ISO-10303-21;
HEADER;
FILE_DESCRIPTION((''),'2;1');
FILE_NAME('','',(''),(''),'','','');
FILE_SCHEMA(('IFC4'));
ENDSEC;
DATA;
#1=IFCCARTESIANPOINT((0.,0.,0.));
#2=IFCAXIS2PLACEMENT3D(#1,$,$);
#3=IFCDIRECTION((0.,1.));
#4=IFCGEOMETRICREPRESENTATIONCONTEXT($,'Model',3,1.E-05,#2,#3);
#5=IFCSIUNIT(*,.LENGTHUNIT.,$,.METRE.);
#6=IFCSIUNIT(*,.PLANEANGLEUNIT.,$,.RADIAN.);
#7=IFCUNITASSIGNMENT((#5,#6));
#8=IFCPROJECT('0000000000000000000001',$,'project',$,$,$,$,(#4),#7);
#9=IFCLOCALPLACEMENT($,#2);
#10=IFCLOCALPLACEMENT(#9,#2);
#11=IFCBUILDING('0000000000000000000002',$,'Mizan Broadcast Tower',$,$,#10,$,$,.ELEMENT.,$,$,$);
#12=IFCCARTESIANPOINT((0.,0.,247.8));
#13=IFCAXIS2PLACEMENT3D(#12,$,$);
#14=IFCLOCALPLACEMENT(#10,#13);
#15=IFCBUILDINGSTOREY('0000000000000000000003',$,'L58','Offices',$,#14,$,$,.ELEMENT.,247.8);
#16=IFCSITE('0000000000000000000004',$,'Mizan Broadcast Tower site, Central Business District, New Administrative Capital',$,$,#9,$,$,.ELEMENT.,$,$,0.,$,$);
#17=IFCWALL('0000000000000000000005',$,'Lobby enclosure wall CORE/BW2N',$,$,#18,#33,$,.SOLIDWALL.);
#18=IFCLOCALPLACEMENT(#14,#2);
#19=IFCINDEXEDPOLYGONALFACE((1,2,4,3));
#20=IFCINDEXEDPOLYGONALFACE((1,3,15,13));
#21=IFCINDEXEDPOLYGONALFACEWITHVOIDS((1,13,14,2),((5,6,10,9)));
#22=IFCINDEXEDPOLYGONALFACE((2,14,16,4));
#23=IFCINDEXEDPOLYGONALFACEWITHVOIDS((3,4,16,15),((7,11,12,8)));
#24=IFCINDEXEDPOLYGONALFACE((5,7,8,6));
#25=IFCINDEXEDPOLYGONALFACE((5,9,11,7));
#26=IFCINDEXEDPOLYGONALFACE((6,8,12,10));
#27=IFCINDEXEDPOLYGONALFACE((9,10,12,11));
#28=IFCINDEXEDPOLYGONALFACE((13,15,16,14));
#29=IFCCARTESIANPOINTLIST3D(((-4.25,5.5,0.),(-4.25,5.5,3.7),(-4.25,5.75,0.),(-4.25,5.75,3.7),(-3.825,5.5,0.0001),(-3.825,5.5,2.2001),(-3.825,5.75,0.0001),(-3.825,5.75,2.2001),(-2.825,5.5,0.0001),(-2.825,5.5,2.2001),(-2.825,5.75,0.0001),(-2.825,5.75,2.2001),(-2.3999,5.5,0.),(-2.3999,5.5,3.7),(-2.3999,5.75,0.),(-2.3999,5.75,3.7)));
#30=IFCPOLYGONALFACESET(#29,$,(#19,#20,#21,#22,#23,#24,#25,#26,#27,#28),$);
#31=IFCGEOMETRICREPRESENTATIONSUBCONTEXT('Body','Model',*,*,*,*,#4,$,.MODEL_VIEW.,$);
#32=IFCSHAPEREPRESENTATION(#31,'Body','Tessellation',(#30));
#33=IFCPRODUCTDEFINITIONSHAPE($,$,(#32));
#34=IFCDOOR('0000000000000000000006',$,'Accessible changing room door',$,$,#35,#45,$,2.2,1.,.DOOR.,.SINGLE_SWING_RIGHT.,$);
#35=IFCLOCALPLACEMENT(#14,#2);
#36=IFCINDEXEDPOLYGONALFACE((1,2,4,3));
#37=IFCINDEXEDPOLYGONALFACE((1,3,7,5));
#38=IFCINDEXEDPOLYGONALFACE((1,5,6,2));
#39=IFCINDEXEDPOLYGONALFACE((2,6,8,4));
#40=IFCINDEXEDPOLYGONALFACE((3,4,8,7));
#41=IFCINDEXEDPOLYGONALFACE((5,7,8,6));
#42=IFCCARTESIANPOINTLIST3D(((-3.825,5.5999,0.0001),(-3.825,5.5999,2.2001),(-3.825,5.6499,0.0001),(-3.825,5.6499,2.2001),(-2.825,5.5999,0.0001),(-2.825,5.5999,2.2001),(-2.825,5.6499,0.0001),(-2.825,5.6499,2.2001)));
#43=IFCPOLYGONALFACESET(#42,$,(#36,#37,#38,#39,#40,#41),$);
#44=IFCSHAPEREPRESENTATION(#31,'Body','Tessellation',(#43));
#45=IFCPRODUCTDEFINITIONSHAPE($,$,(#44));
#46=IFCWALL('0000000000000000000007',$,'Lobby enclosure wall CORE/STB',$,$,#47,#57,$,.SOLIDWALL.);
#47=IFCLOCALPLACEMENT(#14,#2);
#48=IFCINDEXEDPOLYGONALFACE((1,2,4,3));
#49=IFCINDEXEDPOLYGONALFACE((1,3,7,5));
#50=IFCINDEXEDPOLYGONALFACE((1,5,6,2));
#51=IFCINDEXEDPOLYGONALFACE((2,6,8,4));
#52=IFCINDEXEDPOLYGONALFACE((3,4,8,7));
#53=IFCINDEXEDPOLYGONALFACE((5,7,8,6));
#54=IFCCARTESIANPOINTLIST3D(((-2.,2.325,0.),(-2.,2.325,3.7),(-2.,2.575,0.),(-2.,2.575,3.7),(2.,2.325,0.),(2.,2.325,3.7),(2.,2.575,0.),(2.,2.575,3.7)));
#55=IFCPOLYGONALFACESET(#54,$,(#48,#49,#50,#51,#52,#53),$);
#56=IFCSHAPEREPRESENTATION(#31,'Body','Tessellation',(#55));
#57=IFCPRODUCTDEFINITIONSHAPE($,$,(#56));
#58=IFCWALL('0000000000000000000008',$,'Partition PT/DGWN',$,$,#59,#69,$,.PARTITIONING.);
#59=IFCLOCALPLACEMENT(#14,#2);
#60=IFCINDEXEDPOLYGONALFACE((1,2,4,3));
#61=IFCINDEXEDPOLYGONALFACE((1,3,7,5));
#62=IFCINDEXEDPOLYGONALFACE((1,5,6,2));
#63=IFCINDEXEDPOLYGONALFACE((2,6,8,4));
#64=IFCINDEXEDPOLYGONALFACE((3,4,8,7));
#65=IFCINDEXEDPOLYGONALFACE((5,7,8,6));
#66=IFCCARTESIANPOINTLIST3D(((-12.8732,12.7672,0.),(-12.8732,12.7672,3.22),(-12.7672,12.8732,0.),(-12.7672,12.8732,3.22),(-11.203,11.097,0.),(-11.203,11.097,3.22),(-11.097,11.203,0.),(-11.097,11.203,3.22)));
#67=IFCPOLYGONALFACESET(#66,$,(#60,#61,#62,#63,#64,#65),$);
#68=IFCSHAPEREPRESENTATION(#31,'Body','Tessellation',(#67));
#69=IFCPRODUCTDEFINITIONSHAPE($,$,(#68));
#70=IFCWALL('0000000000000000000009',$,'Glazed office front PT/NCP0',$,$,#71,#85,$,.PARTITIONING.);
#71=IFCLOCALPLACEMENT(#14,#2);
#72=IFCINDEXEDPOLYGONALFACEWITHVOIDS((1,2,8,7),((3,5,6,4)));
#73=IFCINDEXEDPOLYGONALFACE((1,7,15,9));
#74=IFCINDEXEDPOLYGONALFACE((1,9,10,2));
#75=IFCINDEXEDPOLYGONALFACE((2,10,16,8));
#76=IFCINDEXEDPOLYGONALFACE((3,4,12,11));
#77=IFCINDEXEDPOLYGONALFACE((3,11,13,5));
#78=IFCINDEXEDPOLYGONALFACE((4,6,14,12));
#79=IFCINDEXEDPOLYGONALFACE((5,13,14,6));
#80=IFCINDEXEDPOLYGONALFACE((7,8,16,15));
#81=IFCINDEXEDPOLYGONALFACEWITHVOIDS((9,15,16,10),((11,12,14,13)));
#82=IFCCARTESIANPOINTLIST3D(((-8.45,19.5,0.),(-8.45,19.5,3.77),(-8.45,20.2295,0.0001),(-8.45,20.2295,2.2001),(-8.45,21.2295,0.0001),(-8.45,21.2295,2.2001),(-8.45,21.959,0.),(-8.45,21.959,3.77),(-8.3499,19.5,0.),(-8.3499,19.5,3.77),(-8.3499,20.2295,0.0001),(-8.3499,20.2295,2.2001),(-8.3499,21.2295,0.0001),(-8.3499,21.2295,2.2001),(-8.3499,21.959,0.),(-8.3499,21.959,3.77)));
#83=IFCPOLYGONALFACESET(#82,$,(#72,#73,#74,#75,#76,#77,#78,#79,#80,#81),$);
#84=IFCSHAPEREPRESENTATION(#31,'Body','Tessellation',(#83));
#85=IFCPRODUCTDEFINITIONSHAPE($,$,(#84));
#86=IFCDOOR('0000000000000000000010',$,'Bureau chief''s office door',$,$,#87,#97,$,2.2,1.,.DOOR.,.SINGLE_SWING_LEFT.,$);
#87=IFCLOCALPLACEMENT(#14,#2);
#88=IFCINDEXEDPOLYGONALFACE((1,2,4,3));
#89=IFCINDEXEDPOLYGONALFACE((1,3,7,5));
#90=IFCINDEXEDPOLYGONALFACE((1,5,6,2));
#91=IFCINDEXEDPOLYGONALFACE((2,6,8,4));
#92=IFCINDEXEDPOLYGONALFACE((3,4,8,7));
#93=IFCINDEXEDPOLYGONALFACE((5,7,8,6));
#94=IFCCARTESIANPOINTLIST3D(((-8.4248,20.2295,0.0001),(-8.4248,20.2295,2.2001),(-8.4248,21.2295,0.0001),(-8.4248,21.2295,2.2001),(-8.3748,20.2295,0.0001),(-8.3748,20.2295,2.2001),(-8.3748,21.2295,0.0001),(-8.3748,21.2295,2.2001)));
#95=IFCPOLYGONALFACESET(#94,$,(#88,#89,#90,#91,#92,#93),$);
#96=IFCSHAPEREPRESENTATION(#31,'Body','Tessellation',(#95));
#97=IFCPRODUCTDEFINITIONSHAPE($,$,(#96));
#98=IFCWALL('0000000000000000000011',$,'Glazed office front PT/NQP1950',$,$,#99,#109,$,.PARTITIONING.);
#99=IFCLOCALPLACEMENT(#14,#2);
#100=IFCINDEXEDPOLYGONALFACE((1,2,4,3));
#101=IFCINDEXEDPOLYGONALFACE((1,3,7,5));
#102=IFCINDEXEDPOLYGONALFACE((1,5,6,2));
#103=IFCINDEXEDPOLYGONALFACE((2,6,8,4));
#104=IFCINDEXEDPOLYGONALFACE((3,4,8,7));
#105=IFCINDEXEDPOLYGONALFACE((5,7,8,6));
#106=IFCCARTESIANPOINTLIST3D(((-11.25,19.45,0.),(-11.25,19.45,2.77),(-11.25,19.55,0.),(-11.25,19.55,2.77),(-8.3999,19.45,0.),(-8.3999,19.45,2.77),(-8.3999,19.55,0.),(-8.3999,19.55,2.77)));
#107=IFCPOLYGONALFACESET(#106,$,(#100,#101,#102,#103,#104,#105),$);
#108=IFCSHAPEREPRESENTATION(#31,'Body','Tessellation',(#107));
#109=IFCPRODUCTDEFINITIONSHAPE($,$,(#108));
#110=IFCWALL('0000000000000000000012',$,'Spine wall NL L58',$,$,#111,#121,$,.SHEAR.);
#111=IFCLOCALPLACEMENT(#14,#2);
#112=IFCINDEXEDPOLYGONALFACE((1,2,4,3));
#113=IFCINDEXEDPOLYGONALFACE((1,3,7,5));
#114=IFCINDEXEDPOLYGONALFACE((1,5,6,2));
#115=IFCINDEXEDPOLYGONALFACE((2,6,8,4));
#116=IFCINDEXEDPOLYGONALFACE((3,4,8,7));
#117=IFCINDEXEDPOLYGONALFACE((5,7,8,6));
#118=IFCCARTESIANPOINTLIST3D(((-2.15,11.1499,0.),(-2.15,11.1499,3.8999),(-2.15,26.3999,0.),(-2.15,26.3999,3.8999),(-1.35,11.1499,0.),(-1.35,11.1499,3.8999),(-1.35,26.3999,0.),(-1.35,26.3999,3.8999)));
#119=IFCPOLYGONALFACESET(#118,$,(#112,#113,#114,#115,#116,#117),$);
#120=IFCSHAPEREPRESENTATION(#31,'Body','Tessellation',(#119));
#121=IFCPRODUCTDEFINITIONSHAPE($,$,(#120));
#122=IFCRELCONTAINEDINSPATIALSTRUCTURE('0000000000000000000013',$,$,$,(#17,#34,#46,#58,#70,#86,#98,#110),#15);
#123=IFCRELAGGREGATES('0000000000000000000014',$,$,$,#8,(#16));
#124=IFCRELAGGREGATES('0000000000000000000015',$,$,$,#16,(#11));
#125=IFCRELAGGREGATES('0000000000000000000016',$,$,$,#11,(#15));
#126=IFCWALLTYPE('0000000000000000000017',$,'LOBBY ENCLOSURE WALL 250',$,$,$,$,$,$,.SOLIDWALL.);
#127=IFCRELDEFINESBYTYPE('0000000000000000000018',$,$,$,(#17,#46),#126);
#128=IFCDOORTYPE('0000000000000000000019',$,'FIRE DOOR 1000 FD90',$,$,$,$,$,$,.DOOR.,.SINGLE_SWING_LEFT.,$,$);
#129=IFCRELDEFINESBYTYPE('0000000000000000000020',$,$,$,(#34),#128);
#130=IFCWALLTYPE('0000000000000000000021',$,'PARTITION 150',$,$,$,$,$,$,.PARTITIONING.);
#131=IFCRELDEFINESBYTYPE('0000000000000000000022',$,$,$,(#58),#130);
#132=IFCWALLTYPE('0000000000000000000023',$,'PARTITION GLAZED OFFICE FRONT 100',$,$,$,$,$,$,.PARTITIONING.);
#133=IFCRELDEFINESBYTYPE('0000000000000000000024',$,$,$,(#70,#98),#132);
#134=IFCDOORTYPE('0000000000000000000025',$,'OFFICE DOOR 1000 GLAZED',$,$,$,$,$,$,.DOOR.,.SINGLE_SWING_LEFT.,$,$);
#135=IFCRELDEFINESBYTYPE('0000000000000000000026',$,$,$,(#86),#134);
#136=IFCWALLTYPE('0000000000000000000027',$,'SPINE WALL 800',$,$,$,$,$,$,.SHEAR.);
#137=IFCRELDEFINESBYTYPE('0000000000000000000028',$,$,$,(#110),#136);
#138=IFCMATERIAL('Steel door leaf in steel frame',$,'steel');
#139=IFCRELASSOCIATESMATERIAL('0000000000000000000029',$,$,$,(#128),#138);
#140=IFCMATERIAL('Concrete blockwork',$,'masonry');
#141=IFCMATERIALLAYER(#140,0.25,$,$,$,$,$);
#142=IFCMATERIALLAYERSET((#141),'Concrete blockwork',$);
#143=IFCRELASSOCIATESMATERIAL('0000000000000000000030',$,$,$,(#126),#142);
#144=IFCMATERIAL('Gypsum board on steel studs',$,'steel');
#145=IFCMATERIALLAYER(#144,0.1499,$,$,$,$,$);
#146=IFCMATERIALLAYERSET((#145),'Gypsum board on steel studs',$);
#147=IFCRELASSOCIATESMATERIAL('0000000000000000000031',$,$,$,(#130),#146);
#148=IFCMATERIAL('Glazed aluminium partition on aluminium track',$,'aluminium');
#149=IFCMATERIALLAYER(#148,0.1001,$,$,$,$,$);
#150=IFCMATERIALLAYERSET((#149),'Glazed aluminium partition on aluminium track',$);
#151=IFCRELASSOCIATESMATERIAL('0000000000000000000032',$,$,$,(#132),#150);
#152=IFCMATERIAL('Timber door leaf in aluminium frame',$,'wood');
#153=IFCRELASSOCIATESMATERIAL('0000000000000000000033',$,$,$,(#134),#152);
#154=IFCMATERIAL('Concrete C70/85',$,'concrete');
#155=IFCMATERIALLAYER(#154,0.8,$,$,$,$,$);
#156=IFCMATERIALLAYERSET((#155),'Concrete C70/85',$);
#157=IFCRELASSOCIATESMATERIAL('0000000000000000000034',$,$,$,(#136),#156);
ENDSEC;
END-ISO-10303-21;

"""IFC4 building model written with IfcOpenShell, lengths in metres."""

from ifc_helpers import new_model, si_unit, direction, frame, frame_2d, origin, place, context, subcontext, project, spatial, rectangle, extrude, material, layer, layer_set, type_object, element, fill, save


model = new_model("IFC4")

# Units and contexts
model_context = context("Model", 3, precision=1e-05, world=origin(), true_north=direction((0.0, 1.0)))
body_context = subcontext(model_context, "Body", "Model", "MODEL_VIEW")
ifc_project = project(units=[si_unit("LENGTHUNIT", "METRE"), si_unit("PLANEANGLEUNIT", "RADIAN")], contexts=[model_context])

# Site, building, storey
site_placement = place(None, origin())
site = spatial("IfcSite", under=ifc_project, at=site_placement, Name="Mizan Broadcast Tower site, Central Business District, New Administrative Capital", CompositionType="ELEMENT", RefElevation=0.0)
building_placement = place(site_placement, origin())
building = spatial("IfcBuilding", under=site, at=building_placement, Name="Mizan Broadcast Tower", CompositionType="ELEMENT")
storey_placement = place(building_placement, frame((0.0, 0.0, 247.8)))
storey = spatial("IfcBuildingStorey", under=building, at=storey_placement, Name="L58", Description="Offices", CompositionType="ELEMENT", Elevation=247.8)

# Shared definitions
ifc_material_1 = material(Name="Steel door leaf in steel frame", Category="steel")
door_type_1 = type_object("IfcDoorType", Name="FIRE DOOR 1000 FD90", OperationType="SINGLE_SWING_LEFT", PredefinedType="DOOR", material=ifc_material_1)

# Shared definitions
ifc_material_2 = material(Name="Concrete blockwork", Category="masonry")
ifc_layer_1 = layer(ifc_material_2, 0.25)
ifc_layer_set_1 = layer_set([ifc_layer_1], Name="Concrete blockwork")
wall_type_1 = type_object("IfcWallType", Name="LOBBY ENCLOSURE WALL 250", PredefinedType="SOLIDWALL", material=ifc_layer_set_1)

# Wall, opening, door
wall_1_placement = place(storey_placement, frame((-4.25, 5.625, 0.0), z_axis=(0.0, 0.0, 1.0), x_axis=(1.0, 0.0, 0.0)))
wall_1 = element("IfcWall", 1, at=wall_1_placement, inside=storey, type_object=wall_type_1, Name="Lobby enclosure wall CORE/BW2N", PredefinedType="SOLIDWALL", context=body_context, shape_type="SweptSolid", body=[
    extrude(rectangle(XDim=1.8501, YDim=0.25, at=frame_2d((0.925, 0.0))), origin(), (0.0, 0.0, 1.0), 3.7),
])
opening_1_placement = place(wall_1_placement, frame((0.425, 0.0, 0.0)))
opening_1 = element("IfcOpeningElement", 2, at=opening_1_placement, cuts=wall_1, PredefinedType="OPENING", context=body_context, shape_type="SweptSolid", body=[
    extrude(rectangle(XDim=1.0, YDim=2.2, at=frame_2d((0.5, 1.1001))), frame((0.0, 0.135, 0.0), z_axis=(0.0, -1.0, 0.0), x_axis=(1.0, 0.0, 0.0)), (0.0, 0.0, 1.0), 0.27),
])
door_1_placement = place(opening_1_placement, origin())
door_1 = element("IfcDoor", 3, at=door_1_placement, inside=storey, type_object=door_type_1, Name="Accessible changing room door", OperationType="SINGLE_SWING_RIGHT", OverallHeight=2.2, OverallWidth=1.0, PredefinedType="DOOR", context=body_context, shape_type="SweptSolid", body=[
    extrude(rectangle(XDim=1.0, YDim=2.2, at=frame_2d((0.5, 1.1001))), frame((0.0, 0.0249, 0.0), z_axis=(0.0, -1.0, 0.0), x_axis=(1.0, 0.0, 0.0)), (0.0, 0.0, 1.0), 0.05),
])
fill(opening_1, door_1)

# Walls
wall_2_placement = place(storey_placement, frame((-2.0, 2.45, 0.0), z_axis=(0.0, 0.0, 1.0), x_axis=(1.0, 0.0, 0.0)))
element("IfcWall", 4, at=wall_2_placement, inside=storey, type_object=wall_type_1, Name="Lobby enclosure wall CORE/STB", PredefinedType="SOLIDWALL", context=body_context, shape_type="SweptSolid", body=[
    extrude(rectangle(XDim=4.0, YDim=0.25, at=frame_2d((2.0, 0.0))), origin(), (0.0, 0.0, 1.0), 3.7),
])
ifc_material_3 = material(Name="Gypsum board on steel studs", Category="steel")
ifc_layer_2 = layer(ifc_material_3, 0.1499)
ifc_layer_set_2 = layer_set([ifc_layer_2], Name="Gypsum board on steel studs")
wall_type_2 = type_object("IfcWallType", Name="PARTITION 150", PredefinedType="PARTITIONING", material=ifc_layer_set_2)
wall_3_placement = place(storey_placement, frame((-11.1499, 11.1499, 0.0), z_axis=(0.0, 0.0, 1.0), x_axis=(-0.707107, 0.707107, 0.0)))
element("IfcWall", 5, at=wall_3_placement, inside=storey, type_object=wall_type_2, Name="Partition PT/DGWN", PredefinedType="PARTITIONING", context=body_context, shape_type="SweptSolid", body=[
    extrude(rectangle(XDim=2.3621, YDim=0.1499, at=frame_2d((1.1812, 0.0))), origin(), (0.0, 0.0, 1.0), 3.22),
])

# Wall, opening, door
ifc_material_4 = material(Name="Glazed aluminium partition on aluminium track", Category="aluminium")
ifc_layer_3 = layer(ifc_material_4, 0.1001)
ifc_layer_set_3 = layer_set([ifc_layer_3], Name="Glazed aluminium partition on aluminium track")
wall_type_3 = type_object("IfcWallType", Name="PARTITION GLAZED OFFICE FRONT 100", PredefinedType="PARTITIONING", material=ifc_layer_set_3)
wall_4_placement = place(storey_placement, frame((-8.3999, 19.5, 0.0), z_axis=(0.0, 0.0, 1.0), x_axis=(0.0, 1.0, 0.0)))
wall_4 = element("IfcWall", 6, at=wall_4_placement, inside=storey, type_object=wall_type_3, Name="Glazed office front PT/NCP0", PredefinedType="PARTITIONING", context=body_context, shape_type="SweptSolid", body=[
    extrude(rectangle(XDim=2.459, YDim=0.1001, at=frame_2d((1.2295, 0.0))), origin(), (0.0, 0.0, 1.0), 3.77),
])
opening_2_placement = place(wall_4_placement, frame((0.7295, 0.0, 0.0)))
opening_2 = element("IfcOpeningElement", 7, at=opening_2_placement, cuts=wall_4, PredefinedType="OPENING", context=body_context, shape_type="SweptSolid", body=[
    extrude(rectangle(XDim=1.0, YDim=2.2, at=frame_2d((0.5, 1.1001))), frame((0.0, 0.0601, 0.0), z_axis=(0.0, -1.0, 0.0), x_axis=(1.0, 0.0, 0.0)), (0.0, 0.0, 1.0), 0.1201),
])
ifc_material_5 = material(Name="Timber door leaf in aluminium frame", Category="wood")
door_type_2 = type_object("IfcDoorType", Name="OFFICE DOOR 1000 GLAZED", OperationType="SINGLE_SWING_LEFT", PredefinedType="DOOR", material=ifc_material_5)
door_2_placement = place(opening_2_placement, origin())
door_2 = element("IfcDoor", 8, at=door_2_placement, inside=storey, type_object=door_type_2, Name="Bureau chief's office door", OperationType="SINGLE_SWING_LEFT", OverallHeight=2.2, OverallWidth=1.0, PredefinedType="DOOR", context=body_context, shape_type="SweptSolid", body=[
    extrude(rectangle(XDim=1.0, YDim=2.2, at=frame_2d((0.5, 1.1001))), frame((0.0, 0.0249, 0.0), z_axis=(0.0, -1.0, 0.0), x_axis=(1.0, 0.0, 0.0)), (0.0, 0.0, 1.0), 0.05),
])
fill(opening_2, door_2)

# Walls
wall_5_placement = place(storey_placement, frame((-8.3999, 19.5, 0.0), z_axis=(0.0, 0.0, 1.0), x_axis=(-1.0, 0.0, 0.0)))
element("IfcWall", 9, at=wall_5_placement, inside=storey, type_object=wall_type_3, Name="Glazed office front PT/NQP1950", PredefinedType="PARTITIONING", context=body_context, shape_type="SweptSolid", body=[
    extrude(rectangle(XDim=2.8501, YDim=0.1001, at=frame_2d((1.425, 0.0))), origin(), (0.0, 0.0, 1.0), 2.77),
])
ifc_material_6 = material(Name="Concrete C70/85", Category="concrete")
ifc_layer_4 = layer(ifc_material_6, 0.8)
ifc_layer_set_4 = layer_set([ifc_layer_4], Name="Concrete C70/85")
wall_type_4 = type_object("IfcWallType", Name="SPINE WALL 800", PredefinedType="SHEAR", material=ifc_layer_set_4)
wall_6_placement = place(storey_placement, frame((-1.75, 11.1499, 0.0), z_axis=(0.0, 0.0, 1.0), x_axis=(0.0, 1.0, 0.0)))
element("IfcWall", 10, at=wall_6_placement, inside=storey, type_object=wall_type_4, Name="Spine wall NL L58", PredefinedType="SHEAR", context=body_context, shape_type="SweptSolid", body=[
    extrude(rectangle(XDim=15.25, YDim=0.8, at=frame_2d((7.625, 0.0))), origin(), (0.0, 0.0, 1.0), 3.8999),
])

save(model, "model.ifc")
